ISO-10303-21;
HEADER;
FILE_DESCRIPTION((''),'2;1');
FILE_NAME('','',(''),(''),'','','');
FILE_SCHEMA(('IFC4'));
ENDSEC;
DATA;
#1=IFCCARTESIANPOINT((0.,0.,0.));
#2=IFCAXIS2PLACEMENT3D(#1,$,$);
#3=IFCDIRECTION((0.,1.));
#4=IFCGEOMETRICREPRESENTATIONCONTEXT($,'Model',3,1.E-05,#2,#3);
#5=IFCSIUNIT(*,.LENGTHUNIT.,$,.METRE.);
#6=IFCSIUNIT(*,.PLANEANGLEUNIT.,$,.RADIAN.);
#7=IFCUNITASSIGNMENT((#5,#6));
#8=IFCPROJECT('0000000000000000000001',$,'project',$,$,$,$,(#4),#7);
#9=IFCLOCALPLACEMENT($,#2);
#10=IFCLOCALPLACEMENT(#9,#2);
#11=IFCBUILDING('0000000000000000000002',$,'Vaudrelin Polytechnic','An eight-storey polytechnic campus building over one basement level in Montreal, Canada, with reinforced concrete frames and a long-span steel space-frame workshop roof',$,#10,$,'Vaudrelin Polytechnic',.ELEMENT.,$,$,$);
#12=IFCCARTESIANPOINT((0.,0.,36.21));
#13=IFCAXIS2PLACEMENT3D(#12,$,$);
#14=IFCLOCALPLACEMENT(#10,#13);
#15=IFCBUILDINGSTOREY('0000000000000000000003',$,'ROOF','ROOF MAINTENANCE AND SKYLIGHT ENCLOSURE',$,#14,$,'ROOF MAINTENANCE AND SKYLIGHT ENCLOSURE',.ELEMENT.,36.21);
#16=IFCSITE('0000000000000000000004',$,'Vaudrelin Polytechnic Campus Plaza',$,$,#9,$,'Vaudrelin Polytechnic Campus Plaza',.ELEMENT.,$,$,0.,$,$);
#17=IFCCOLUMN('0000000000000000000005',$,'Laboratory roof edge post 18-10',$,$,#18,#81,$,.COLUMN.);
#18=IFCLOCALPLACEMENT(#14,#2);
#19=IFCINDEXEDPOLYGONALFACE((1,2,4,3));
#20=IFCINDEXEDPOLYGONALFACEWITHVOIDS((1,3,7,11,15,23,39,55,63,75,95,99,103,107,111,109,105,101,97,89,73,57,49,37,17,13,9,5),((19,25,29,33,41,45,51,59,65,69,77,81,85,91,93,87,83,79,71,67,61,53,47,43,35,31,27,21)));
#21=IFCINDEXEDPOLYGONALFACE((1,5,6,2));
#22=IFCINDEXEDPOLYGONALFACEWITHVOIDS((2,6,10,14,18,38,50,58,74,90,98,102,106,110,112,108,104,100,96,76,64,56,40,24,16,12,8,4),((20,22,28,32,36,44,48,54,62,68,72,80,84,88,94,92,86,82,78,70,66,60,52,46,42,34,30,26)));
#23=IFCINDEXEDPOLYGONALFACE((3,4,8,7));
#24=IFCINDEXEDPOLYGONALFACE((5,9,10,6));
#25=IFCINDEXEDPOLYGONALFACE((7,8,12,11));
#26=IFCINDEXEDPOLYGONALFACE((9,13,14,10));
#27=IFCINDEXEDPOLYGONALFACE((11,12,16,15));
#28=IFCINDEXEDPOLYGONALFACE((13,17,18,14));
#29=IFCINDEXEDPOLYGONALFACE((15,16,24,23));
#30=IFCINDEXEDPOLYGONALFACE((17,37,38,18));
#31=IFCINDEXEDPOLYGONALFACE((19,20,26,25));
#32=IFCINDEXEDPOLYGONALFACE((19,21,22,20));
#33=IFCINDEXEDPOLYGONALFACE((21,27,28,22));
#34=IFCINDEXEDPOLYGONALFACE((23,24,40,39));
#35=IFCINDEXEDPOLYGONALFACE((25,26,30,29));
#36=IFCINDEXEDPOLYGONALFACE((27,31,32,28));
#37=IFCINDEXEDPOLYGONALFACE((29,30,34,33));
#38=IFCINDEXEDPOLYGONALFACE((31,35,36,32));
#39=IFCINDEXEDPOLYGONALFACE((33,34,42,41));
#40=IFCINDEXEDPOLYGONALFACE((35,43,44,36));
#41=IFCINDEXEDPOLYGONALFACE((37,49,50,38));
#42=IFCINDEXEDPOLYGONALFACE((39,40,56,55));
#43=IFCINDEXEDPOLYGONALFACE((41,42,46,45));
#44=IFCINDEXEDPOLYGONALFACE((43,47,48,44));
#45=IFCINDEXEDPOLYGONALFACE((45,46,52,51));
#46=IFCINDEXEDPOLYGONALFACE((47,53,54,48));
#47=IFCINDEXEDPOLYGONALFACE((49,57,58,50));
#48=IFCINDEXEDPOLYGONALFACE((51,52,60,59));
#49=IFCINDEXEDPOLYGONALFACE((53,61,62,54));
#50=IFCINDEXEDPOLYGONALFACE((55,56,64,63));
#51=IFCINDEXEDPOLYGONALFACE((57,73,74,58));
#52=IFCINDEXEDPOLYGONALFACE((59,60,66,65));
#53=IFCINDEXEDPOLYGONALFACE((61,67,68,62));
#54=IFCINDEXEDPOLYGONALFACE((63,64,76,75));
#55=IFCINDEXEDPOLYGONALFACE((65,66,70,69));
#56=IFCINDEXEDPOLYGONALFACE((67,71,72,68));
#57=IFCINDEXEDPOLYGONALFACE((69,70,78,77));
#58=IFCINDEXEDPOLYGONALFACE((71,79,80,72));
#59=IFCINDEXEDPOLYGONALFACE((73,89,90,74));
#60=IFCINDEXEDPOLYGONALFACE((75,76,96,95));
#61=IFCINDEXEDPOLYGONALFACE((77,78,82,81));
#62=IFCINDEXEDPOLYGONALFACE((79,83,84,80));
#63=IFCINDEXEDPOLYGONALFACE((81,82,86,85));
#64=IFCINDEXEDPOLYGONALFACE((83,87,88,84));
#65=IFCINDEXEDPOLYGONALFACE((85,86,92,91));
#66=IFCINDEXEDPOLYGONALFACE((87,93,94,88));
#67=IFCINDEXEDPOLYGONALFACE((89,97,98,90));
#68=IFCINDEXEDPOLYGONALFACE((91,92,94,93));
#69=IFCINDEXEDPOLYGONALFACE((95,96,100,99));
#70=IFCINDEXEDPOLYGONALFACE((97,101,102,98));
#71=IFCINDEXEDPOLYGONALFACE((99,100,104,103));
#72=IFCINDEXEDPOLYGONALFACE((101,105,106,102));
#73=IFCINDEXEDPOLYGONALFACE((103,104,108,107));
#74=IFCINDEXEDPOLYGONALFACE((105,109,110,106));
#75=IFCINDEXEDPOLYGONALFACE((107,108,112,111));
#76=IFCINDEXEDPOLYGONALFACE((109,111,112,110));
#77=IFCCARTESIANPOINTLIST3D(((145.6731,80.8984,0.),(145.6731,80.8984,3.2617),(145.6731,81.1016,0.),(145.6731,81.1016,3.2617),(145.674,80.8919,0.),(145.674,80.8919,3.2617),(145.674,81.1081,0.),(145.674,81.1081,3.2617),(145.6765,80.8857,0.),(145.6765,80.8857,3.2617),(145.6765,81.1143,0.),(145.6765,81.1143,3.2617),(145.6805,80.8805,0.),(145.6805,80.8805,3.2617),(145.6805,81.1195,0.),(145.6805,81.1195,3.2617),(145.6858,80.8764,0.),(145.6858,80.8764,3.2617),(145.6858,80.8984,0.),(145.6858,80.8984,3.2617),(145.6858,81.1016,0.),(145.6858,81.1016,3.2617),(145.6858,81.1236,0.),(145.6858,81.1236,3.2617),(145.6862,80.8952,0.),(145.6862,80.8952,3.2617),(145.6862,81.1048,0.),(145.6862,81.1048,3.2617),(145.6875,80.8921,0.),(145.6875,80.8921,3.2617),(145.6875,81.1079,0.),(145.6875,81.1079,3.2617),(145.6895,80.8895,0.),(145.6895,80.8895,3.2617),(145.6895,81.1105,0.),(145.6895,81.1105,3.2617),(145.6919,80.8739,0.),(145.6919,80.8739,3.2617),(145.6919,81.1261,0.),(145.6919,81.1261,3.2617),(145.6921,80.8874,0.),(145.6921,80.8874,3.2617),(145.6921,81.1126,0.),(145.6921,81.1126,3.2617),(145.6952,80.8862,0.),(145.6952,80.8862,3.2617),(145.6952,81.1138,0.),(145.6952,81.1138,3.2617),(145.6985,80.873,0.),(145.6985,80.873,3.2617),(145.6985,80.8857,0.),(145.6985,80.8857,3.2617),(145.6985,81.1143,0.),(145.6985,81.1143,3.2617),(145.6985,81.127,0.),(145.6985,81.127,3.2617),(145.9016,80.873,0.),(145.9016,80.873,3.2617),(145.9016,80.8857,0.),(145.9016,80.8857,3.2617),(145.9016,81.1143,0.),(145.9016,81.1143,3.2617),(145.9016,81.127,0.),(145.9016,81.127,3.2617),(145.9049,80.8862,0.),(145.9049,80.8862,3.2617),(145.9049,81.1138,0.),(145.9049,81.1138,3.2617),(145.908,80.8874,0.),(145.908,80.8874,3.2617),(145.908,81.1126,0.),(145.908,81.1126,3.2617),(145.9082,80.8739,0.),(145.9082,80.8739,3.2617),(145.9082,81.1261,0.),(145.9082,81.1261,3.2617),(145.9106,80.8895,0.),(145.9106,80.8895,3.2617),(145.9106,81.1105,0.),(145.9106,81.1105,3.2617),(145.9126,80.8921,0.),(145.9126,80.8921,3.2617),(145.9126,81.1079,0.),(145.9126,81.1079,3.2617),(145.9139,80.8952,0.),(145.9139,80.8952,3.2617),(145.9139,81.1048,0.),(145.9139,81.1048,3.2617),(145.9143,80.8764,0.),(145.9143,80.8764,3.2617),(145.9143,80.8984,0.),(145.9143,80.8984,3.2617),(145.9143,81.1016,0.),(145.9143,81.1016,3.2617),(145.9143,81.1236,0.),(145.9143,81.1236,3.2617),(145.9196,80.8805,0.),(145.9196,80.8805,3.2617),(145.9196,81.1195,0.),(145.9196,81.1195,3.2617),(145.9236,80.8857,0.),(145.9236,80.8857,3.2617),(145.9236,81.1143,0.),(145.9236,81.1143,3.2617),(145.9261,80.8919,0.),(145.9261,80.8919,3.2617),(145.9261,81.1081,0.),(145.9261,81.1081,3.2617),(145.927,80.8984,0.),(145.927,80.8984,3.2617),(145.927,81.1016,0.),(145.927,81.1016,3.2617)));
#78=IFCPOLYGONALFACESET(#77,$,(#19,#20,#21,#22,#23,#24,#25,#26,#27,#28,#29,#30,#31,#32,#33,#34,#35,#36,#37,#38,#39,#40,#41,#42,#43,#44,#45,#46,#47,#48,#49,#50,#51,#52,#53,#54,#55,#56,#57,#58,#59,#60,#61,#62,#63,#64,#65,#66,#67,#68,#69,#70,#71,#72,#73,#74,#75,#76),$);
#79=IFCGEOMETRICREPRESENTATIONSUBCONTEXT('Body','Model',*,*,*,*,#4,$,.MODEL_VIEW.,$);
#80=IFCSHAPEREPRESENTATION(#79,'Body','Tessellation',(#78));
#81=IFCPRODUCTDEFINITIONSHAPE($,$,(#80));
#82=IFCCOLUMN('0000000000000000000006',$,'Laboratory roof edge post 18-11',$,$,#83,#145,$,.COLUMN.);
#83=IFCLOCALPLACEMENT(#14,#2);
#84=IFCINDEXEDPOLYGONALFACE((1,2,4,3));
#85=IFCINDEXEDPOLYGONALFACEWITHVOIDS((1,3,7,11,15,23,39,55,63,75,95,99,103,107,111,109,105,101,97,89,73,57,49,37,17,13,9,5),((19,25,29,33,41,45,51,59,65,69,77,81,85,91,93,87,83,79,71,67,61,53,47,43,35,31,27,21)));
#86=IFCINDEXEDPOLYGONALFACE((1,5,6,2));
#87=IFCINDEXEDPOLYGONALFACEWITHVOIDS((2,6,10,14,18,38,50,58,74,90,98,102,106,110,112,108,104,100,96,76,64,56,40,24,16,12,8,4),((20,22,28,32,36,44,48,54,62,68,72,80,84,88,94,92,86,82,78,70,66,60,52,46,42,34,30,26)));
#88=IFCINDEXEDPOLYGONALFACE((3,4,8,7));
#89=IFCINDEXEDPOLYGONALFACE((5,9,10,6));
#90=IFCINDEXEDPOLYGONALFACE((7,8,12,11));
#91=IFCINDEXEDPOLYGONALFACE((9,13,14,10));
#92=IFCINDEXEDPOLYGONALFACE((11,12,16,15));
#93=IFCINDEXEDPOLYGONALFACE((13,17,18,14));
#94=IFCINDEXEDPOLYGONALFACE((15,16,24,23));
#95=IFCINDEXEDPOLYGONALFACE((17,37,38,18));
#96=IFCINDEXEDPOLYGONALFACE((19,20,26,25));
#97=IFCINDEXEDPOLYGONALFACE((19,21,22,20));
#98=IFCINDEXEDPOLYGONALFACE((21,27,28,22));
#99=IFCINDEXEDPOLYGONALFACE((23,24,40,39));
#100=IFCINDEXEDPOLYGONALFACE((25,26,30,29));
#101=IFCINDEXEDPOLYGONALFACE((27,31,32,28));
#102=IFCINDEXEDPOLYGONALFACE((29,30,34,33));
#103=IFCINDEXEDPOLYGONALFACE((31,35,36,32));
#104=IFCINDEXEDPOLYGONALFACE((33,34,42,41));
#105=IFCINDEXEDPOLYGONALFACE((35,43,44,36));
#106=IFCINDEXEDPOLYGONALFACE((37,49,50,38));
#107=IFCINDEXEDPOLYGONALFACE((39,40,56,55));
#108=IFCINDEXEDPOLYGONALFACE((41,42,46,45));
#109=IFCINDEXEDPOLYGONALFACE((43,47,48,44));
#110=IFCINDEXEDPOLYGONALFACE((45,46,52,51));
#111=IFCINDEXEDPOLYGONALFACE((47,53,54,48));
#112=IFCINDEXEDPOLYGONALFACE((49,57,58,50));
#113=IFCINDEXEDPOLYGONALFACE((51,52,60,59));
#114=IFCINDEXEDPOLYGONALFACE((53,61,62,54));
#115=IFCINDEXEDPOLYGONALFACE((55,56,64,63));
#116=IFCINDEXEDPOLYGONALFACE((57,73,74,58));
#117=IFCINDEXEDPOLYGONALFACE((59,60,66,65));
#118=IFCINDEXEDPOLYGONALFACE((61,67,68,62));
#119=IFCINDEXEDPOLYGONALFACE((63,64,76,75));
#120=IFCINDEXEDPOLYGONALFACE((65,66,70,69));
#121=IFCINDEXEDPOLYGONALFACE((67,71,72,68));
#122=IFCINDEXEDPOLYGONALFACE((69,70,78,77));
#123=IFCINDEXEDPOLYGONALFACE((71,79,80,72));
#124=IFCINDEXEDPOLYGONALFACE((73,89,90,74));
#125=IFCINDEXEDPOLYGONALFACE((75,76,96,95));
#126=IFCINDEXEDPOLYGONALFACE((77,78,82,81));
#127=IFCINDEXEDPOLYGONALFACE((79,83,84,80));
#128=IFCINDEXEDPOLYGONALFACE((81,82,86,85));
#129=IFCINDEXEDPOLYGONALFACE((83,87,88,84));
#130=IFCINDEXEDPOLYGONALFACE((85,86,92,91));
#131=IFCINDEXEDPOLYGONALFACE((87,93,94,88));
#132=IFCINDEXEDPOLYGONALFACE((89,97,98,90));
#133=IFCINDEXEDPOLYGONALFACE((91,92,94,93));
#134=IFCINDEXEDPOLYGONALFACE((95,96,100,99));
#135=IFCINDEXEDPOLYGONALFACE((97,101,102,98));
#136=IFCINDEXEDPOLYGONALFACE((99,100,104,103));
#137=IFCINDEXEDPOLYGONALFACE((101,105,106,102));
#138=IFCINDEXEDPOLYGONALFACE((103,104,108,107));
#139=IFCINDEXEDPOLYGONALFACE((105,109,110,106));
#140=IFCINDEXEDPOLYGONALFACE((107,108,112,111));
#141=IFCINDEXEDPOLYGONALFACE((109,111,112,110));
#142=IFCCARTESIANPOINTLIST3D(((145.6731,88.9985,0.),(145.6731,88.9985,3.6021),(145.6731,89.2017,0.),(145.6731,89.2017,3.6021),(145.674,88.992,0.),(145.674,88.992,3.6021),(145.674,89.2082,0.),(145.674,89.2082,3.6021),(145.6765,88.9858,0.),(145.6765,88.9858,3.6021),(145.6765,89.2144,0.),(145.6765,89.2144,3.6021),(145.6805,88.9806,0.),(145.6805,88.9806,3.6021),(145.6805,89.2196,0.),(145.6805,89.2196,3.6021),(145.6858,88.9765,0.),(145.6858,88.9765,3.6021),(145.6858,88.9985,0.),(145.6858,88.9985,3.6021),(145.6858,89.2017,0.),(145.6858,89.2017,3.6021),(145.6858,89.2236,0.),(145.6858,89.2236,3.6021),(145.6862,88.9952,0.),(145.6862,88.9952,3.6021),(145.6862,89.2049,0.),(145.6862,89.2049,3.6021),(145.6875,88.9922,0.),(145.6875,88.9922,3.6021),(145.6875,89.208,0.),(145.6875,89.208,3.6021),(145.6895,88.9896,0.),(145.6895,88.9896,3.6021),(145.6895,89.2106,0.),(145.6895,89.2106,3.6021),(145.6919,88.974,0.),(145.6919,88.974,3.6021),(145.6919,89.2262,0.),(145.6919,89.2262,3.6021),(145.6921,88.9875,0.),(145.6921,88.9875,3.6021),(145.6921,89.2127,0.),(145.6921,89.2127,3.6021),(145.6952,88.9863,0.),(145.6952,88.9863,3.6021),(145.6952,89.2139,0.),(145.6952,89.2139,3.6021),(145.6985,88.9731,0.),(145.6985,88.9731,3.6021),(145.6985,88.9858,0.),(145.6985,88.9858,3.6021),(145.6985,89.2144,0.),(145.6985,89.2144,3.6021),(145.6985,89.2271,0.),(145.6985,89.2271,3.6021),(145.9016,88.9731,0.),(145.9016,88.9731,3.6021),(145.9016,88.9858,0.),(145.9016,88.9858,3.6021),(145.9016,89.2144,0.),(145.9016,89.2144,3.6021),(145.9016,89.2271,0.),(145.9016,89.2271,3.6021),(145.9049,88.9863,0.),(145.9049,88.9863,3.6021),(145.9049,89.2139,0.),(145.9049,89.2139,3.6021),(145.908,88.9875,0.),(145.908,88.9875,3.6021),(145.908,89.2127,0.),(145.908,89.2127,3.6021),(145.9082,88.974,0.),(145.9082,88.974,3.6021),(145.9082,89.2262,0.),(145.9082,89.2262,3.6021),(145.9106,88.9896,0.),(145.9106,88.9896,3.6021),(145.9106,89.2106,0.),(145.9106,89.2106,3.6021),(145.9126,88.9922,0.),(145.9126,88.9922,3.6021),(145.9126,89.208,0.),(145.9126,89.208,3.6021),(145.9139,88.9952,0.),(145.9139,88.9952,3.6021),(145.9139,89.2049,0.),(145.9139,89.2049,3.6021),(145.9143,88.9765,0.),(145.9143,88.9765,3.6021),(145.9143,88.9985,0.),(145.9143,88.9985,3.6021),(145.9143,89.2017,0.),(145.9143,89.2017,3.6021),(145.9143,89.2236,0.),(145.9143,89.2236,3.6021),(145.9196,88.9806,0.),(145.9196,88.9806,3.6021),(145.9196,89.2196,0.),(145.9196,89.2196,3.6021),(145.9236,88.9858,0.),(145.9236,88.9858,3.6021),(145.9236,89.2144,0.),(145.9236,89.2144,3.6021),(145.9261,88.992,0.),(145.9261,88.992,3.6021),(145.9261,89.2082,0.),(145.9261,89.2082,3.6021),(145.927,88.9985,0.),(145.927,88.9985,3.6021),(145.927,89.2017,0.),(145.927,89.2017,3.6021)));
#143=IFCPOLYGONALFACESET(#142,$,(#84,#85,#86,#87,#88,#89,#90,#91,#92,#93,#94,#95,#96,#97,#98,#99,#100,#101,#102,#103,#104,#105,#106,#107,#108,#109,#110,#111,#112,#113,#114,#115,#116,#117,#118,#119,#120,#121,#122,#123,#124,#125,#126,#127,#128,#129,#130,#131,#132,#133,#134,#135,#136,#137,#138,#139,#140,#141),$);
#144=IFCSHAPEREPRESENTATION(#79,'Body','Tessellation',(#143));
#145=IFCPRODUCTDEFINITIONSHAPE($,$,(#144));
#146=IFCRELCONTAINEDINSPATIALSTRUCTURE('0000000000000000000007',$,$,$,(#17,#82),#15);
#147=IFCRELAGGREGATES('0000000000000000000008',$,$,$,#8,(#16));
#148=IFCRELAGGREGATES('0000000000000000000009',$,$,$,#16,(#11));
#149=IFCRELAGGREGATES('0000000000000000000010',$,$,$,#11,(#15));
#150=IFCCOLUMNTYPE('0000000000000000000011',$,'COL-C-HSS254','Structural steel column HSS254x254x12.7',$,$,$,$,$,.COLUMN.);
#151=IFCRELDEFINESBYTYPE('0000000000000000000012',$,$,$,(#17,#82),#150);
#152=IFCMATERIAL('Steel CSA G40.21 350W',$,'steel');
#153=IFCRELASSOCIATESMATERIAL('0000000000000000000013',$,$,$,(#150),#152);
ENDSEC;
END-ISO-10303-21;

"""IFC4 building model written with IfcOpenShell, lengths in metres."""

from ifc_helpers import new_model, si_unit, direction, frame, origin, origin_2d, place, context, subcontext, project, spatial, hollow_rectangle, extrude, material, material_profile, profile_set, type_object, element, save


model = new_model("IFC4")

# Units and contexts
model_context = context("Model", 3, precision=1e-05, world=origin(), true_north=direction((0.0, 1.0)))
body_context = subcontext(model_context, "Body", "Model", "MODEL_VIEW")
ifc_project = project(units=[si_unit("LENGTHUNIT", "METRE"), si_unit("PLANEANGLEUNIT", "RADIAN")], contexts=[model_context])

# Site, building, storey
site_placement = place(None, origin())
site = spatial("IfcSite", under=ifc_project, at=site_placement, Name="Vaudrelin Polytechnic Campus Plaza", LongName="Vaudrelin Polytechnic Campus Plaza", CompositionType="ELEMENT", RefElevation=0.0)
building_placement = place(site_placement, origin())
building = spatial("IfcBuilding", under=site, at=building_placement, Name="Vaudrelin Polytechnic", Description="An eight-storey polytechnic campus building over one basement level in Montreal, Canada, with reinforced concrete frames and a long-span steel space-frame workshop roof", LongName="Vaudrelin Polytechnic", CompositionType="ELEMENT")
storey_placement = place(building_placement, frame((0.0, 0.0, 36.21)))
storey = spatial("IfcBuildingStorey", under=building, at=storey_placement, Name="ROOF", Description="ROOF MAINTENANCE AND SKYLIGHT ENCLOSURE", LongName="ROOF MAINTENANCE AND SKYLIGHT ENCLOSURE", CompositionType="ELEMENT", Elevation=36.21)

# Columns
ifc_material_1 = material(Name="Steel CSA G40.21 350W", Category="steel")
ifc_material_profile = material_profile(ifc_material_1, hollow_rectangle(XDim=0.2539, YDim=0.2539, WallThickness=0.0127, InnerFilletRadius=0.0127, OuterFilletRadius=0.0254, at=origin_2d()), Name="HSS254x254x12.7")
ifc_profile_set = profile_set([ifc_material_profile], Name="Steel CSA G40.21 350W")
column_type = type_object("IfcColumnType", Name="COL-C-HSS254", Description="Structural steel column HSS254x254x12.7", PredefinedType="COLUMN", material=ifc_profile_set)
column_1_placement = place(storey_placement, frame((145.8, 81.0, 0.0), z_axis=(0.0, 0.0, 1.0), x_axis=(1.0, 0.0, 0.0)))
element("IfcColumn", 1, at=column_1_placement, inside=storey, type_object=column_type, Name="Laboratory roof edge post 18-10", PredefinedType="COLUMN", context=body_context, shape_type="SweptSolid", body=[
    extrude(hollow_rectangle(XDim=0.2539, YDim=0.2539, WallThickness=0.0127, InnerFilletRadius=0.0127, OuterFilletRadius=0.0254, at=origin_2d()), origin(), (0.0, 0.0, 1.0), 3.2617),
])
column_2_placement = place(storey_placement, frame((145.8, 89.1001, 0.0), z_axis=(0.0, 0.0, 1.0), x_axis=(1.0, 0.0, 0.0)))
element("IfcColumn", 2, at=column_2_placement, inside=storey, type_object=column_type, Name="Laboratory roof edge post 18-11", PredefinedType="COLUMN", context=body_context, shape_type="SweptSolid", body=[
    extrude(hollow_rectangle(XDim=0.2539, YDim=0.2539, WallThickness=0.0127, InnerFilletRadius=0.0127, OuterFilletRadius=0.0254, at=origin_2d()), origin(), (0.0, 0.0, 1.0), 3.6021),
])

save(model, "model.ifc")
